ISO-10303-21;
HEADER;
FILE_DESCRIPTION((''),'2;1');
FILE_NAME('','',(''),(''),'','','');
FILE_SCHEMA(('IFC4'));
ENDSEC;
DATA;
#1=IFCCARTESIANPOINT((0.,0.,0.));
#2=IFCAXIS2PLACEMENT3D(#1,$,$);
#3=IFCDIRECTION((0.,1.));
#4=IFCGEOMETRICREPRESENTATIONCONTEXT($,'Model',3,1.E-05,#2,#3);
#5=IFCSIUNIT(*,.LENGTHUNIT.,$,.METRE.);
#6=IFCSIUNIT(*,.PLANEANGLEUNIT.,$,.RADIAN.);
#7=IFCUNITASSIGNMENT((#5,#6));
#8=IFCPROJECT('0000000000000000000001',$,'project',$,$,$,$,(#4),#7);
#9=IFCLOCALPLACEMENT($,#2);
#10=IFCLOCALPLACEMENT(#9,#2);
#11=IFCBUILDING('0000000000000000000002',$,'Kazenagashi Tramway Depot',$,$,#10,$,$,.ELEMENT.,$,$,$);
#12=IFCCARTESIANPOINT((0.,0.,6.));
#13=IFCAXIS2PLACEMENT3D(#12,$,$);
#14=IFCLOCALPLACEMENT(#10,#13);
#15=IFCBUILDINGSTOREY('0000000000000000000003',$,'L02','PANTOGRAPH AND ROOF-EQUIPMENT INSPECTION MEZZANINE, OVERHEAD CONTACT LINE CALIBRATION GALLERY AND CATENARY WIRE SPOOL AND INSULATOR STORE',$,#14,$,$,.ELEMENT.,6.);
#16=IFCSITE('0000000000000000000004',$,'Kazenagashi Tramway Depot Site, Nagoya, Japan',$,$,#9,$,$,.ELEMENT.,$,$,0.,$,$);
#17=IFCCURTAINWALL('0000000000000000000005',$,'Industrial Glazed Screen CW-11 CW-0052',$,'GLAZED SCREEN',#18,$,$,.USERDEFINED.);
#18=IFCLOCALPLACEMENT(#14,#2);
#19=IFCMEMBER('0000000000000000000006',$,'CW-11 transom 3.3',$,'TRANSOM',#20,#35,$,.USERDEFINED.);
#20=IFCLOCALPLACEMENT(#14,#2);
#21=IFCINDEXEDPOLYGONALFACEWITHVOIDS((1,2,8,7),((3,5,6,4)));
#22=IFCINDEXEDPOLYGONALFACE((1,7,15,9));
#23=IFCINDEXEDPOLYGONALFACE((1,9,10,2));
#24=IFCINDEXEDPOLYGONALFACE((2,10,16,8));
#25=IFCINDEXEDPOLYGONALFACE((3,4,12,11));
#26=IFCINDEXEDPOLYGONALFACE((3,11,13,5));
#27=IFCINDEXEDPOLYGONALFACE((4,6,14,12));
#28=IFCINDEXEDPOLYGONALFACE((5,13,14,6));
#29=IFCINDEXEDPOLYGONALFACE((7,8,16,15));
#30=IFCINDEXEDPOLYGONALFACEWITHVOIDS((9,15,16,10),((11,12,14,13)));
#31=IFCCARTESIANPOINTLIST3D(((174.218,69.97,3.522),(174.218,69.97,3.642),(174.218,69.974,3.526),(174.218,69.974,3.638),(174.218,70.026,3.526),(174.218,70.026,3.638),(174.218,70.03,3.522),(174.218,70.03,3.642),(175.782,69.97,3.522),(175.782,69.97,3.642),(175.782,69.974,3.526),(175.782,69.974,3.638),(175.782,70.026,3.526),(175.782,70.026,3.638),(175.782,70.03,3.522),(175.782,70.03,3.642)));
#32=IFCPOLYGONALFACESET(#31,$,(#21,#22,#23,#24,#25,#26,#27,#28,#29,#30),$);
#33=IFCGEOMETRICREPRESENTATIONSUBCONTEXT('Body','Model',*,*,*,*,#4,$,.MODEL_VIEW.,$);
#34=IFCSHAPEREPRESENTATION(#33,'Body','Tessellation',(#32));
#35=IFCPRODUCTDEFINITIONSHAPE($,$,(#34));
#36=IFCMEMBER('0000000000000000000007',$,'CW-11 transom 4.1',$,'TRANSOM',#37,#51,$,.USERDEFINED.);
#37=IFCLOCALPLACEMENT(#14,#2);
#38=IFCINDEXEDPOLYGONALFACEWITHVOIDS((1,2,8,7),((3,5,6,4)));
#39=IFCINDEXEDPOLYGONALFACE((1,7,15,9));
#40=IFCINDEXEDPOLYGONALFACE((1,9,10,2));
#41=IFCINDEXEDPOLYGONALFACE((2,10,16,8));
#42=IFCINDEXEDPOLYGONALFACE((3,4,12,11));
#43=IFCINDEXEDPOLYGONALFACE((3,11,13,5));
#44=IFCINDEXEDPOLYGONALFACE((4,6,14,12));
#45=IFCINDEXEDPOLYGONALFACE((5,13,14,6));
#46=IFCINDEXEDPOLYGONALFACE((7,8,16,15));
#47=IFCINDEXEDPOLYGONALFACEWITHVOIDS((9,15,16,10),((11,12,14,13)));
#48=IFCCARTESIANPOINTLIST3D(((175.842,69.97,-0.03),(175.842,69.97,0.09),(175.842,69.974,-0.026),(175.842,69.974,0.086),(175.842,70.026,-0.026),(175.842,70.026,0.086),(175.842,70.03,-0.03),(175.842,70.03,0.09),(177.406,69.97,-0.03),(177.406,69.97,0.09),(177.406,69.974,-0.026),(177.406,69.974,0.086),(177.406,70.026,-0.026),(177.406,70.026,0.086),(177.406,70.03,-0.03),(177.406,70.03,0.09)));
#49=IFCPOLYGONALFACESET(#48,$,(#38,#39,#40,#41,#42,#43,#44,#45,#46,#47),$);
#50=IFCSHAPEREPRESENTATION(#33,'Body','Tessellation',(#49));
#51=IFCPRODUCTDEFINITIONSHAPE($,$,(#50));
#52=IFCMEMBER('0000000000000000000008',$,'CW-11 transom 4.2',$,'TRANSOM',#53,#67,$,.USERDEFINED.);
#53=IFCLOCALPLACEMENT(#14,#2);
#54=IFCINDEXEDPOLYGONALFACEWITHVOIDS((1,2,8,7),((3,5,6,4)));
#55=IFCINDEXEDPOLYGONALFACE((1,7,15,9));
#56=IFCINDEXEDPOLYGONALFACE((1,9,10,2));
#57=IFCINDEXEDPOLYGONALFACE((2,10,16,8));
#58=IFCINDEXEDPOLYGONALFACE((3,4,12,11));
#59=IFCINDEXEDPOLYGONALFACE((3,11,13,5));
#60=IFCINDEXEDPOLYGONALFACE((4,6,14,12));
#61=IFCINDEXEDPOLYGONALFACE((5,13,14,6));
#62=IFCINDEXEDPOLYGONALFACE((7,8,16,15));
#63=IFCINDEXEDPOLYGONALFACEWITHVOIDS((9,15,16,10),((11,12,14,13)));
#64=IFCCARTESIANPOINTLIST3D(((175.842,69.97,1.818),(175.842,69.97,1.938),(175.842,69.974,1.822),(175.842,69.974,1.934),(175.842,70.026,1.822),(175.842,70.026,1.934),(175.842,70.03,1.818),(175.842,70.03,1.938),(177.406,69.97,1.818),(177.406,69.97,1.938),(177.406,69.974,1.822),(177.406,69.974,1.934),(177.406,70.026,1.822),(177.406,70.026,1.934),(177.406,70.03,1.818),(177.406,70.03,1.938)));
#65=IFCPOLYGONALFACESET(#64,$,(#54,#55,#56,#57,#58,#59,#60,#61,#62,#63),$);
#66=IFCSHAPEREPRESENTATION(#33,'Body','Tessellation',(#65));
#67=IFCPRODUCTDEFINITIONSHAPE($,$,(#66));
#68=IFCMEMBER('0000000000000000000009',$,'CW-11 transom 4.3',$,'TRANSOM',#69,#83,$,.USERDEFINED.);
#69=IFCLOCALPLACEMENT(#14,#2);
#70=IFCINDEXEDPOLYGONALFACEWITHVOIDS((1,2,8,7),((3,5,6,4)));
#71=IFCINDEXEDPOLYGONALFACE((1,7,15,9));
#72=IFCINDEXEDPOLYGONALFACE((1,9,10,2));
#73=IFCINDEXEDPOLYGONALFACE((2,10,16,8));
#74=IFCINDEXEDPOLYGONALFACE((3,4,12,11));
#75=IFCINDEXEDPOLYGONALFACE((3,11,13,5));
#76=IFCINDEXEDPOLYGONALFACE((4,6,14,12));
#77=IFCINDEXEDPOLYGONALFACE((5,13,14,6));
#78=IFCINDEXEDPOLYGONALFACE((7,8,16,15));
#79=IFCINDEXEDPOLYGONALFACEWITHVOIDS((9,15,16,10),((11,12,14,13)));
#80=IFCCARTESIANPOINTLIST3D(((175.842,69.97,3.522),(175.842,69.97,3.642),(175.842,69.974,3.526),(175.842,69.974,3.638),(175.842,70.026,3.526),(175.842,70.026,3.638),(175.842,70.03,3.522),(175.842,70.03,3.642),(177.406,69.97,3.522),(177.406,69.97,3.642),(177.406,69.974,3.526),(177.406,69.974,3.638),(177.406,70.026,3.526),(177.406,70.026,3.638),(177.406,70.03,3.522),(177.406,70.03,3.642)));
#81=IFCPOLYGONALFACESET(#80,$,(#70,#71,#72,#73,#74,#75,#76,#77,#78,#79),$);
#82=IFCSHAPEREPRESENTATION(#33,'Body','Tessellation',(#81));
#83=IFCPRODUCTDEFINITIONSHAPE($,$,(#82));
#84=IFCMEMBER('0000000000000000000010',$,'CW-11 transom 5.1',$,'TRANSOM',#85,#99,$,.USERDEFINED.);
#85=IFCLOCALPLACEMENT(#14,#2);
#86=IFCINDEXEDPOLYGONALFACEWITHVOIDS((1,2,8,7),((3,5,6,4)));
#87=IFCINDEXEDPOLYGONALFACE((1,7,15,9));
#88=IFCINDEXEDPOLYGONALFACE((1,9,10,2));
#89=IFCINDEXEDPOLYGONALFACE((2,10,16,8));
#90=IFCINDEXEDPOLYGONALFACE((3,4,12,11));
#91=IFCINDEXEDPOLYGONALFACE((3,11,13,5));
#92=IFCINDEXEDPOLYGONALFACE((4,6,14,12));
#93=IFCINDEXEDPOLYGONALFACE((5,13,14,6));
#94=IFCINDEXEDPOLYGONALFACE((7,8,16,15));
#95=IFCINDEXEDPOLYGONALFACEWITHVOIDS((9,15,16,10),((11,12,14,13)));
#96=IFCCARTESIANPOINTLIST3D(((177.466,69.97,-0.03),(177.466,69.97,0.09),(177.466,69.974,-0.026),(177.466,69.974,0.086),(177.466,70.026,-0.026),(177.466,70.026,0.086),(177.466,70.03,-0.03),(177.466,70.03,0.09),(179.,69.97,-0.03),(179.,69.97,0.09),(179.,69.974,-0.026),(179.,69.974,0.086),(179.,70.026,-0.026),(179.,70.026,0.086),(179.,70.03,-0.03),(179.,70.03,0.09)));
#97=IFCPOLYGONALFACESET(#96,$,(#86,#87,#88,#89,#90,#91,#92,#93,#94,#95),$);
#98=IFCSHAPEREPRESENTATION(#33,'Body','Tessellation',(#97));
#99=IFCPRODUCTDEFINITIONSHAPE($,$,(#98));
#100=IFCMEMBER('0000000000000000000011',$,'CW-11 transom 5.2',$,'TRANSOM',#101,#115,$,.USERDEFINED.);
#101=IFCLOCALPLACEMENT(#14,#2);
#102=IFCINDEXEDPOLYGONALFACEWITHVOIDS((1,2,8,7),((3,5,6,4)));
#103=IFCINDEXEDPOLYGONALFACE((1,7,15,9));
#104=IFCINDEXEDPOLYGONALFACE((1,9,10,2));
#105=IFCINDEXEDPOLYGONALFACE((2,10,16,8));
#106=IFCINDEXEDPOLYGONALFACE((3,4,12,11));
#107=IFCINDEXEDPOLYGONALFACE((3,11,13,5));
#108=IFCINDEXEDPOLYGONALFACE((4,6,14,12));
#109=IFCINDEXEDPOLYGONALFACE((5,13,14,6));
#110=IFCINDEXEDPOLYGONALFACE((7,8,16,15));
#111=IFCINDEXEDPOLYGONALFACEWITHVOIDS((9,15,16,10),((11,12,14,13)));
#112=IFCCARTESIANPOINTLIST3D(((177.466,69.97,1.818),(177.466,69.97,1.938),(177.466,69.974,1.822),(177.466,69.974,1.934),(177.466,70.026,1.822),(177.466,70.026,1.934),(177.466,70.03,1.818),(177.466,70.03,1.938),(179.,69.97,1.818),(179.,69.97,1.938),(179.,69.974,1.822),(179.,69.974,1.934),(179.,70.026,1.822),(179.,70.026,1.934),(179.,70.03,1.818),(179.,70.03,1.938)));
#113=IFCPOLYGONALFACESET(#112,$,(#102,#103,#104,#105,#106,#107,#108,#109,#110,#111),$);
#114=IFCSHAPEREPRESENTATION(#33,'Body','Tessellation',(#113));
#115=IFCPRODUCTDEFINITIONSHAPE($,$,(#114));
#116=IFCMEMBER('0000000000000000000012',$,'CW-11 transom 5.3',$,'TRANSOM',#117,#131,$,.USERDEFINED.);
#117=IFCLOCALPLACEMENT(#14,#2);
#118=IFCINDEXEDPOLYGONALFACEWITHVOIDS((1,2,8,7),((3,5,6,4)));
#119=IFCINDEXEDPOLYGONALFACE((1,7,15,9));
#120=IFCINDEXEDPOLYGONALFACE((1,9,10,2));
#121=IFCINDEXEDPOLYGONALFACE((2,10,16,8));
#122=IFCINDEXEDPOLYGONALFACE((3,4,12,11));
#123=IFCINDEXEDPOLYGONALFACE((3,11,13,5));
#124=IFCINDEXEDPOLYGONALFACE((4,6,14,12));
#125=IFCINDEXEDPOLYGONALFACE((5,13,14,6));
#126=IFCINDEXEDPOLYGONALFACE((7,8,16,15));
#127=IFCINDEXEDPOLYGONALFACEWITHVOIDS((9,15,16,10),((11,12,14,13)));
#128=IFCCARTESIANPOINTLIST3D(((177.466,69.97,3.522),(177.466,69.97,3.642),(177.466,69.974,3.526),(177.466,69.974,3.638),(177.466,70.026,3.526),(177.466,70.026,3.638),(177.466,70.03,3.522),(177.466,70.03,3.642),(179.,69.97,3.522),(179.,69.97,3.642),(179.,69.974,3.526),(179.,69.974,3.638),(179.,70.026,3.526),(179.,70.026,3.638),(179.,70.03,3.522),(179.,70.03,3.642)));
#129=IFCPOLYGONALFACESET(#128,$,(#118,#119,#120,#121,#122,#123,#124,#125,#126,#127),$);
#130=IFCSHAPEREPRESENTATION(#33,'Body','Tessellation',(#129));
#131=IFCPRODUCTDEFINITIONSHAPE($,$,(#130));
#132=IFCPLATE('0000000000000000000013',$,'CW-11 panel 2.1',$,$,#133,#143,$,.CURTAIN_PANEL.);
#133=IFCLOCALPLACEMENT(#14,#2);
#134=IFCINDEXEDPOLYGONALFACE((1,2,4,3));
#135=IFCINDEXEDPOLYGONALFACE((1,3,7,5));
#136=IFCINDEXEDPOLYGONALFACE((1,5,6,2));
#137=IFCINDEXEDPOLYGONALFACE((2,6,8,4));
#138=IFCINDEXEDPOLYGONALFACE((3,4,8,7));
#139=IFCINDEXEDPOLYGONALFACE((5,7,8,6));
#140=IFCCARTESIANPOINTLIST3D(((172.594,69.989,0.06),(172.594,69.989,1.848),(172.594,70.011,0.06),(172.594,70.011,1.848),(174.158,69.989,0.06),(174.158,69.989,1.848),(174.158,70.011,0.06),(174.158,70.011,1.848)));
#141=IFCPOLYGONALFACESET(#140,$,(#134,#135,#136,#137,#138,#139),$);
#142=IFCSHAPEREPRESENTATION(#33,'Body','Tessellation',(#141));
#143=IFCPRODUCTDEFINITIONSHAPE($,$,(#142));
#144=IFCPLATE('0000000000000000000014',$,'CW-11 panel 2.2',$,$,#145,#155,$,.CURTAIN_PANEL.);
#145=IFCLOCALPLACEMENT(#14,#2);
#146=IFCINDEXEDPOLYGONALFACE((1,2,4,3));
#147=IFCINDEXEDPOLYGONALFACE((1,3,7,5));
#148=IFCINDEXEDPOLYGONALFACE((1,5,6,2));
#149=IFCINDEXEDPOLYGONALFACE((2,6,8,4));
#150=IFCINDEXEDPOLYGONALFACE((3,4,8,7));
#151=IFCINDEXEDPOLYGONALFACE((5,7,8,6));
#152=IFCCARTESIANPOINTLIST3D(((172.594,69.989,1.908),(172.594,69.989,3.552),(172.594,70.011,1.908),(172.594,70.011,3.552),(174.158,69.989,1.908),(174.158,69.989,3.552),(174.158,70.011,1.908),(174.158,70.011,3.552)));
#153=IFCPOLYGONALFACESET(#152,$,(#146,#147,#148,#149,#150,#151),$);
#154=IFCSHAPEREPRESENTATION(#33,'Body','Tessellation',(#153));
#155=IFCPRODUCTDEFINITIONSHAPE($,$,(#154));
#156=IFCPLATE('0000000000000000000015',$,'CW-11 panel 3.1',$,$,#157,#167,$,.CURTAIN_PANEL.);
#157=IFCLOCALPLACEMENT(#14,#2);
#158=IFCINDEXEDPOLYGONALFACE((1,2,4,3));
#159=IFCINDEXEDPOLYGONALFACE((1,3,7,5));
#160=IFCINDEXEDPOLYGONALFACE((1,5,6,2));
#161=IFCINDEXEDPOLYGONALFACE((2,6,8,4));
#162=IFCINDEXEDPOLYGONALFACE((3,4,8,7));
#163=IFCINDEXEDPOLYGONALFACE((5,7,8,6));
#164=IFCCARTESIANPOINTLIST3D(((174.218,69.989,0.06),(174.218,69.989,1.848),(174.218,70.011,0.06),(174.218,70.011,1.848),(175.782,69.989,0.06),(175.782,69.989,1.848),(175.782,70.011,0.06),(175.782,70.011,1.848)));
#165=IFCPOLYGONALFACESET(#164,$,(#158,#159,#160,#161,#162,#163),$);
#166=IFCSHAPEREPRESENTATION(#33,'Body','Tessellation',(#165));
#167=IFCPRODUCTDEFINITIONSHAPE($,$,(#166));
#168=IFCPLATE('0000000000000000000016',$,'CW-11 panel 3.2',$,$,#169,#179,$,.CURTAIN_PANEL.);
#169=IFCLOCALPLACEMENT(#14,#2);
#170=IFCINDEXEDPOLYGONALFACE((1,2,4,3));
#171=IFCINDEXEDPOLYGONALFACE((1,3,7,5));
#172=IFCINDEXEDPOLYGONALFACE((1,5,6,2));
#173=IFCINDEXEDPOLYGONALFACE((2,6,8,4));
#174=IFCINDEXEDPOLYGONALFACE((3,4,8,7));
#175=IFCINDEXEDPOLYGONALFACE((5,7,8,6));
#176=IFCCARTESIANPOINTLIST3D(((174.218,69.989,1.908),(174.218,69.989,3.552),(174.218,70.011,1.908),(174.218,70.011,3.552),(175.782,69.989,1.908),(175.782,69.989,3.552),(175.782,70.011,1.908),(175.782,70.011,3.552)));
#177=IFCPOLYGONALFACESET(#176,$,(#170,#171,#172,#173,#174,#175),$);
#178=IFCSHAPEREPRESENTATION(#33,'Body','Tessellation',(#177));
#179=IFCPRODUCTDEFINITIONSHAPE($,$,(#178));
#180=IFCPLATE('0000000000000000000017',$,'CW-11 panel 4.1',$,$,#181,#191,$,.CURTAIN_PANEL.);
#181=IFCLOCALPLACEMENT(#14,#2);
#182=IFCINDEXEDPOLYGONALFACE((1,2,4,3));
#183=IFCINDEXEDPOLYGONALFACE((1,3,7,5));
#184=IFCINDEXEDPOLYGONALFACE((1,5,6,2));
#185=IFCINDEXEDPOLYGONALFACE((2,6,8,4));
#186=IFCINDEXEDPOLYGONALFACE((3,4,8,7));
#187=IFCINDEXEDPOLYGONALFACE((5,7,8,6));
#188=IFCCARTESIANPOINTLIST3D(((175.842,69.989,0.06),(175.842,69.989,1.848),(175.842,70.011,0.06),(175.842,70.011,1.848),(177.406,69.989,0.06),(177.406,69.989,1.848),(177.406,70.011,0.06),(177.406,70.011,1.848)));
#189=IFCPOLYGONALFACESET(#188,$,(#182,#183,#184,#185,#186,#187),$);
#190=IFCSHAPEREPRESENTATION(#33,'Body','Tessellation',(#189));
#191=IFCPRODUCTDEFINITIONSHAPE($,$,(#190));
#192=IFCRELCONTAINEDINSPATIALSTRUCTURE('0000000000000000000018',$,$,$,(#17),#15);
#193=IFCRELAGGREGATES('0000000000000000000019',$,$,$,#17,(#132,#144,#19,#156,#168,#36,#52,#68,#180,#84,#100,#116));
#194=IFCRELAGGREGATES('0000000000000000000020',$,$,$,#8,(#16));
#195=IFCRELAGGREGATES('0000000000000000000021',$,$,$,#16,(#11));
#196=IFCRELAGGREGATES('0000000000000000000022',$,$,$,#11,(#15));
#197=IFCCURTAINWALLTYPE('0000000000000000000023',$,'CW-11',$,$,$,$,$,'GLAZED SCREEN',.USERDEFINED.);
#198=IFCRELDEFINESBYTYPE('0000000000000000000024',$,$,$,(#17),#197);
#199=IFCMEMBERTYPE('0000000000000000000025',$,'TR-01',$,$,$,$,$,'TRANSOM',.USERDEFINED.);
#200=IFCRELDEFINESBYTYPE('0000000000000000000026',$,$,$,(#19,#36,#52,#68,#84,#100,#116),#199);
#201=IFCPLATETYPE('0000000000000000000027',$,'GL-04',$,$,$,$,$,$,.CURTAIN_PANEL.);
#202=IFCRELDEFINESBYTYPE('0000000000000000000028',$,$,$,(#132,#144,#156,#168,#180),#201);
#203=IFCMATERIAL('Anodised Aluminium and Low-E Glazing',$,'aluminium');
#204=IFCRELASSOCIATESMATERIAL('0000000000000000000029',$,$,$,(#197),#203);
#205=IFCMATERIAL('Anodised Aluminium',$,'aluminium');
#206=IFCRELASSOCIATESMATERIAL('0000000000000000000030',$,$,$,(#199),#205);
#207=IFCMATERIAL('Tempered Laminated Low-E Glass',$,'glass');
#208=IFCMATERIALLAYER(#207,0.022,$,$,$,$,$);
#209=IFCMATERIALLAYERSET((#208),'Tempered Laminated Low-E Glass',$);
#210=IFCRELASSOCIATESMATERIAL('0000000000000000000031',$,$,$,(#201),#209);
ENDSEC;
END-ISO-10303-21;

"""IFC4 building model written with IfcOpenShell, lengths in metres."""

from ifc_helpers import new_model, si_unit, direction, frame, origin, origin_2d, place, context, subcontext, project, spatial, rectangle, hollow_rectangle, extrude, material, layer, layer_set, material_profile, profile_set, type_object, element, aggregate, save


model = new_model("IFC4")

# Units and contexts
model_context = context("Model", 3, precision=1e-05, world=origin(), true_north=direction((0.0, 1.0)))
body_context = subcontext(model_context, "Body", "Model", "MODEL_VIEW")
ifc_project = project(units=[si_unit("LENGTHUNIT", "METRE"), si_unit("PLANEANGLEUNIT", "RADIAN")], contexts=[model_context])

# Site, building, storey
site_placement = place(None, origin())
site = spatial("IfcSite", under=ifc_project, at=site_placement, Name="Kazenagashi Tramway Depot Site, Nagoya, Japan", CompositionType="ELEMENT", RefElevation=0.0)
building_placement = place(site_placement, origin())
building = spatial("IfcBuilding", under=site, at=building_placement, Name="Kazenagashi Tramway Depot", CompositionType="ELEMENT")
storey_placement = place(building_placement, frame((0.0, 0.0, 6.0)))
storey = spatial("IfcBuildingStorey", under=building, at=storey_placement, Name="L02", Description="PANTOGRAPH AND ROOF-EQUIPMENT INSPECTION MEZZANINE, OVERHEAD CONTACT LINE CALIBRATION GALLERY AND CATENARY WIRE SPOOL AND INSULATOR STORE", CompositionType="ELEMENT", Elevation=6.0)

# Curtain wall
ifc_material_1 = material(Name="Anodised Aluminium and Low-E Glazing", Category="aluminium")
curtain_wall_type = type_object("IfcCurtainWallType", Name="CW-11", ElementType="GLAZED SCREEN", PredefinedType="USERDEFINED", material=ifc_material_1)
curtain_wall_placement = place(storey_placement, origin())
curtain_wall = element("IfcCurtainWall", 1, at=curtain_wall_placement, inside=storey, type_object=curtain_wall_type, Name="Industrial Glazed Screen CW-11 CW-0052", ObjectType="GLAZED SCREEN", PredefinedType="USERDEFINED")
ifc_material_2 = material(Name="Anodised Aluminium", Category="aluminium")

# Members
ifc_material_profile_1 = material_profile(ifc_material_2, hollow_rectangle(XDim=0.06, YDim=0.12, WallThickness=0.004, at=origin_2d()), Name="RHS-120x60x4")
ifc_profile_set_1 = profile_set([ifc_material_profile_1], Name="Anodised Aluminium")
member_type_1 = type_object("IfcMemberType", Name="TR-01", ElementType="TRANSOM", PredefinedType="USERDEFINED", material=ifc_profile_set_1)
member_1_placement = place(storey_placement, frame((174.218, 70.0, 3.582), z_axis=(1.0, 0.0, 0.0), x_axis=(0.0, 1.0, 0.0)))
member_1 = element("IfcMember", 2, at=member_1_placement, type_object=member_type_1, Name="CW-11 transom 3.3", ObjectType="TRANSOM", PredefinedType="USERDEFINED", context=body_context, shape_type="SweptSolid", body=[
    extrude(hollow_rectangle(XDim=0.06, YDim=0.12, WallThickness=0.004, at=origin_2d()), origin(), (0.0, 0.0, 1.0), 1.564),
])
member_2_placement = place(storey_placement, frame((175.842, 70.0, 0.03), z_axis=(1.0, 0.0, 0.0), x_axis=(0.0, 1.0, 0.0)))
member_2 = element("IfcMember", 3, at=member_2_placement, type_object=member_type_1, Name="CW-11 transom 4.1", ObjectType="TRANSOM", PredefinedType="USERDEFINED", context=body_context, shape_type="SweptSolid", body=[
    extrude(hollow_rectangle(XDim=0.06, YDim=0.12, WallThickness=0.004, at=origin_2d()), origin(), (0.0, 0.0, 1.0), 1.564),
])
member_3_placement = place(storey_placement, frame((175.842, 70.0, 1.878), z_axis=(1.0, 0.0, 0.0), x_axis=(0.0, 1.0, 0.0)))
member_3 = element("IfcMember", 4, at=member_3_placement, type_object=member_type_1, Name="CW-11 transom 4.2", ObjectType="TRANSOM", PredefinedType="USERDEFINED", context=body_context, shape_type="SweptSolid", body=[
    extrude(hollow_rectangle(XDim=0.06, YDim=0.12, WallThickness=0.004, at=origin_2d()), origin(), (0.0, 0.0, 1.0), 1.564),
])
member_4_placement = place(storey_placement, frame((175.842, 70.0, 3.582), z_axis=(1.0, 0.0, 0.0), x_axis=(0.0, 1.0, 0.0)))
member_4 = element("IfcMember", 5, at=member_4_placement, type_object=member_type_1, Name="CW-11 transom 4.3", ObjectType="TRANSOM", PredefinedType="USERDEFINED", context=body_context, shape_type="SweptSolid", body=[
    extrude(hollow_rectangle(XDim=0.06, YDim=0.12, WallThickness=0.004, at=origin_2d()), origin(), (0.0, 0.0, 1.0), 1.564),
])
member_5_placement = place(storey_placement, frame((177.466, 70.0, 0.03), z_axis=(1.0, 0.0, 0.0), x_axis=(0.0, 1.0, 0.0)))
member_5 = element("IfcMember", 6, at=member_5_placement, type_object=member_type_1, Name="CW-11 transom 5.1", ObjectType="TRANSOM", PredefinedType="USERDEFINED", context=body_context, shape_type="SweptSolid", body=[
    extrude(hollow_rectangle(XDim=0.06, YDim=0.12, WallThickness=0.004, at=origin_2d()), origin(), (0.0, 0.0, 1.0), 1.534),
])
member_6_placement = place(storey_placement, frame((177.466, 70.0, 1.878), z_axis=(1.0, 0.0, 0.0), x_axis=(0.0, 1.0, 0.0)))
member_6 = element("IfcMember", 7, at=member_6_placement, type_object=member_type_1, Name="CW-11 transom 5.2", ObjectType="TRANSOM", PredefinedType="USERDEFINED", context=body_context, shape_type="SweptSolid", body=[
    extrude(hollow_rectangle(XDim=0.06, YDim=0.12, WallThickness=0.004, at=origin_2d()), origin(), (0.0, 0.0, 1.0), 1.534),
])
member_7_placement = place(storey_placement, frame((177.466, 70.0, 3.582), z_axis=(1.0, 0.0, 0.0), x_axis=(0.0, 1.0, 0.0)))
member_7 = element("IfcMember", 8, at=member_7_placement, type_object=member_type_1, Name="CW-11 transom 5.3", ObjectType="TRANSOM", PredefinedType="USERDEFINED", context=body_context, shape_type="SweptSolid", body=[
    extrude(hollow_rectangle(XDim=0.06, YDim=0.12, WallThickness=0.004, at=origin_2d()), origin(), (0.0, 0.0, 1.0), 1.534),
])

# Plates
ifc_material_3 = material(Name="Tempered Laminated Low-E Glass", Category="glass")
ifc_layer_1 = layer(ifc_material_3, 0.022)
ifc_layer_set_1 = layer_set([ifc_layer_1], Name="Tempered Laminated Low-E Glass")
plate_type = type_object("IfcPlateType", Name="GL-04", PredefinedType="CURTAIN_PANEL", material=ifc_layer_set_1)
plate_1_placement = place(storey_placement, frame((173.376, 70.0, 0.06), z_axis=(0.0, 0.0, 1.0), x_axis=(1.0, 0.0, 0.0)))
plate_1 = element("IfcPlate", 9, at=plate_1_placement, type_object=plate_type, Name="CW-11 panel 2.1", PredefinedType="CURTAIN_PANEL", context=body_context, shape_type="SweptSolid", body=[
    extrude(rectangle(XDim=1.564, YDim=0.022, at=origin_2d()), origin(), (0.0, 0.0, 1.0), 1.788),
])
plate_2_placement = place(storey_placement, frame((173.376, 70.0, 1.908), z_axis=(0.0, 0.0, 1.0), x_axis=(1.0, 0.0, 0.0)))
plate_2 = element("IfcPlate", 10, at=plate_2_placement, type_object=plate_type, Name="CW-11 panel 2.2", PredefinedType="CURTAIN_PANEL", context=body_context, shape_type="SweptSolid", body=[
    extrude(rectangle(XDim=1.564, YDim=0.022, at=origin_2d()), origin(), (0.0, 0.0, 1.0), 1.644),
])
plate_3_placement = place(storey_placement, frame((175.0, 70.0, 0.06), z_axis=(0.0, 0.0, 1.0), x_axis=(1.0, 0.0, 0.0)))
plate_3 = element("IfcPlate", 11, at=plate_3_placement, type_object=plate_type, Name="CW-11 panel 3.1", PredefinedType="CURTAIN_PANEL", context=body_context, shape_type="SweptSolid", body=[
    extrude(rectangle(XDim=1.564, YDim=0.022, at=origin_2d()), origin(), (0.0, 0.0, 1.0), 1.788),
])
plate_4_placement = place(storey_placement, frame((175.0, 70.0, 1.908), z_axis=(0.0, 0.0, 1.0), x_axis=(1.0, 0.0, 0.0)))
plate_4 = element("IfcPlate", 12, at=plate_4_placement, type_object=plate_type, Name="CW-11 panel 3.2", PredefinedType="CURTAIN_PANEL", context=body_context, shape_type="SweptSolid", body=[
    extrude(rectangle(XDim=1.564, YDim=0.022, at=origin_2d()), origin(), (0.0, 0.0, 1.0), 1.644),
])
plate_5_placement = place(storey_placement, frame((176.624, 70.0, 0.06), z_axis=(0.0, 0.0, 1.0), x_axis=(1.0, 0.0, 0.0)))
plate_5 = element("IfcPlate", 13, at=plate_5_placement, type_object=plate_type, Name="CW-11 panel 4.1", PredefinedType="CURTAIN_PANEL", context=body_context, shape_type="SweptSolid", body=[
    extrude(rectangle(XDim=1.564, YDim=0.022, at=origin_2d()), origin(), (0.0, 0.0, 1.0), 1.788),
])
aggregate(curtain_wall, [plate_1, plate_2, member_1, plate_3, plate_4, member_2, member_3, member_4, plate_5, member_5, member_6, member_7])

save(model, "model.ifc")
